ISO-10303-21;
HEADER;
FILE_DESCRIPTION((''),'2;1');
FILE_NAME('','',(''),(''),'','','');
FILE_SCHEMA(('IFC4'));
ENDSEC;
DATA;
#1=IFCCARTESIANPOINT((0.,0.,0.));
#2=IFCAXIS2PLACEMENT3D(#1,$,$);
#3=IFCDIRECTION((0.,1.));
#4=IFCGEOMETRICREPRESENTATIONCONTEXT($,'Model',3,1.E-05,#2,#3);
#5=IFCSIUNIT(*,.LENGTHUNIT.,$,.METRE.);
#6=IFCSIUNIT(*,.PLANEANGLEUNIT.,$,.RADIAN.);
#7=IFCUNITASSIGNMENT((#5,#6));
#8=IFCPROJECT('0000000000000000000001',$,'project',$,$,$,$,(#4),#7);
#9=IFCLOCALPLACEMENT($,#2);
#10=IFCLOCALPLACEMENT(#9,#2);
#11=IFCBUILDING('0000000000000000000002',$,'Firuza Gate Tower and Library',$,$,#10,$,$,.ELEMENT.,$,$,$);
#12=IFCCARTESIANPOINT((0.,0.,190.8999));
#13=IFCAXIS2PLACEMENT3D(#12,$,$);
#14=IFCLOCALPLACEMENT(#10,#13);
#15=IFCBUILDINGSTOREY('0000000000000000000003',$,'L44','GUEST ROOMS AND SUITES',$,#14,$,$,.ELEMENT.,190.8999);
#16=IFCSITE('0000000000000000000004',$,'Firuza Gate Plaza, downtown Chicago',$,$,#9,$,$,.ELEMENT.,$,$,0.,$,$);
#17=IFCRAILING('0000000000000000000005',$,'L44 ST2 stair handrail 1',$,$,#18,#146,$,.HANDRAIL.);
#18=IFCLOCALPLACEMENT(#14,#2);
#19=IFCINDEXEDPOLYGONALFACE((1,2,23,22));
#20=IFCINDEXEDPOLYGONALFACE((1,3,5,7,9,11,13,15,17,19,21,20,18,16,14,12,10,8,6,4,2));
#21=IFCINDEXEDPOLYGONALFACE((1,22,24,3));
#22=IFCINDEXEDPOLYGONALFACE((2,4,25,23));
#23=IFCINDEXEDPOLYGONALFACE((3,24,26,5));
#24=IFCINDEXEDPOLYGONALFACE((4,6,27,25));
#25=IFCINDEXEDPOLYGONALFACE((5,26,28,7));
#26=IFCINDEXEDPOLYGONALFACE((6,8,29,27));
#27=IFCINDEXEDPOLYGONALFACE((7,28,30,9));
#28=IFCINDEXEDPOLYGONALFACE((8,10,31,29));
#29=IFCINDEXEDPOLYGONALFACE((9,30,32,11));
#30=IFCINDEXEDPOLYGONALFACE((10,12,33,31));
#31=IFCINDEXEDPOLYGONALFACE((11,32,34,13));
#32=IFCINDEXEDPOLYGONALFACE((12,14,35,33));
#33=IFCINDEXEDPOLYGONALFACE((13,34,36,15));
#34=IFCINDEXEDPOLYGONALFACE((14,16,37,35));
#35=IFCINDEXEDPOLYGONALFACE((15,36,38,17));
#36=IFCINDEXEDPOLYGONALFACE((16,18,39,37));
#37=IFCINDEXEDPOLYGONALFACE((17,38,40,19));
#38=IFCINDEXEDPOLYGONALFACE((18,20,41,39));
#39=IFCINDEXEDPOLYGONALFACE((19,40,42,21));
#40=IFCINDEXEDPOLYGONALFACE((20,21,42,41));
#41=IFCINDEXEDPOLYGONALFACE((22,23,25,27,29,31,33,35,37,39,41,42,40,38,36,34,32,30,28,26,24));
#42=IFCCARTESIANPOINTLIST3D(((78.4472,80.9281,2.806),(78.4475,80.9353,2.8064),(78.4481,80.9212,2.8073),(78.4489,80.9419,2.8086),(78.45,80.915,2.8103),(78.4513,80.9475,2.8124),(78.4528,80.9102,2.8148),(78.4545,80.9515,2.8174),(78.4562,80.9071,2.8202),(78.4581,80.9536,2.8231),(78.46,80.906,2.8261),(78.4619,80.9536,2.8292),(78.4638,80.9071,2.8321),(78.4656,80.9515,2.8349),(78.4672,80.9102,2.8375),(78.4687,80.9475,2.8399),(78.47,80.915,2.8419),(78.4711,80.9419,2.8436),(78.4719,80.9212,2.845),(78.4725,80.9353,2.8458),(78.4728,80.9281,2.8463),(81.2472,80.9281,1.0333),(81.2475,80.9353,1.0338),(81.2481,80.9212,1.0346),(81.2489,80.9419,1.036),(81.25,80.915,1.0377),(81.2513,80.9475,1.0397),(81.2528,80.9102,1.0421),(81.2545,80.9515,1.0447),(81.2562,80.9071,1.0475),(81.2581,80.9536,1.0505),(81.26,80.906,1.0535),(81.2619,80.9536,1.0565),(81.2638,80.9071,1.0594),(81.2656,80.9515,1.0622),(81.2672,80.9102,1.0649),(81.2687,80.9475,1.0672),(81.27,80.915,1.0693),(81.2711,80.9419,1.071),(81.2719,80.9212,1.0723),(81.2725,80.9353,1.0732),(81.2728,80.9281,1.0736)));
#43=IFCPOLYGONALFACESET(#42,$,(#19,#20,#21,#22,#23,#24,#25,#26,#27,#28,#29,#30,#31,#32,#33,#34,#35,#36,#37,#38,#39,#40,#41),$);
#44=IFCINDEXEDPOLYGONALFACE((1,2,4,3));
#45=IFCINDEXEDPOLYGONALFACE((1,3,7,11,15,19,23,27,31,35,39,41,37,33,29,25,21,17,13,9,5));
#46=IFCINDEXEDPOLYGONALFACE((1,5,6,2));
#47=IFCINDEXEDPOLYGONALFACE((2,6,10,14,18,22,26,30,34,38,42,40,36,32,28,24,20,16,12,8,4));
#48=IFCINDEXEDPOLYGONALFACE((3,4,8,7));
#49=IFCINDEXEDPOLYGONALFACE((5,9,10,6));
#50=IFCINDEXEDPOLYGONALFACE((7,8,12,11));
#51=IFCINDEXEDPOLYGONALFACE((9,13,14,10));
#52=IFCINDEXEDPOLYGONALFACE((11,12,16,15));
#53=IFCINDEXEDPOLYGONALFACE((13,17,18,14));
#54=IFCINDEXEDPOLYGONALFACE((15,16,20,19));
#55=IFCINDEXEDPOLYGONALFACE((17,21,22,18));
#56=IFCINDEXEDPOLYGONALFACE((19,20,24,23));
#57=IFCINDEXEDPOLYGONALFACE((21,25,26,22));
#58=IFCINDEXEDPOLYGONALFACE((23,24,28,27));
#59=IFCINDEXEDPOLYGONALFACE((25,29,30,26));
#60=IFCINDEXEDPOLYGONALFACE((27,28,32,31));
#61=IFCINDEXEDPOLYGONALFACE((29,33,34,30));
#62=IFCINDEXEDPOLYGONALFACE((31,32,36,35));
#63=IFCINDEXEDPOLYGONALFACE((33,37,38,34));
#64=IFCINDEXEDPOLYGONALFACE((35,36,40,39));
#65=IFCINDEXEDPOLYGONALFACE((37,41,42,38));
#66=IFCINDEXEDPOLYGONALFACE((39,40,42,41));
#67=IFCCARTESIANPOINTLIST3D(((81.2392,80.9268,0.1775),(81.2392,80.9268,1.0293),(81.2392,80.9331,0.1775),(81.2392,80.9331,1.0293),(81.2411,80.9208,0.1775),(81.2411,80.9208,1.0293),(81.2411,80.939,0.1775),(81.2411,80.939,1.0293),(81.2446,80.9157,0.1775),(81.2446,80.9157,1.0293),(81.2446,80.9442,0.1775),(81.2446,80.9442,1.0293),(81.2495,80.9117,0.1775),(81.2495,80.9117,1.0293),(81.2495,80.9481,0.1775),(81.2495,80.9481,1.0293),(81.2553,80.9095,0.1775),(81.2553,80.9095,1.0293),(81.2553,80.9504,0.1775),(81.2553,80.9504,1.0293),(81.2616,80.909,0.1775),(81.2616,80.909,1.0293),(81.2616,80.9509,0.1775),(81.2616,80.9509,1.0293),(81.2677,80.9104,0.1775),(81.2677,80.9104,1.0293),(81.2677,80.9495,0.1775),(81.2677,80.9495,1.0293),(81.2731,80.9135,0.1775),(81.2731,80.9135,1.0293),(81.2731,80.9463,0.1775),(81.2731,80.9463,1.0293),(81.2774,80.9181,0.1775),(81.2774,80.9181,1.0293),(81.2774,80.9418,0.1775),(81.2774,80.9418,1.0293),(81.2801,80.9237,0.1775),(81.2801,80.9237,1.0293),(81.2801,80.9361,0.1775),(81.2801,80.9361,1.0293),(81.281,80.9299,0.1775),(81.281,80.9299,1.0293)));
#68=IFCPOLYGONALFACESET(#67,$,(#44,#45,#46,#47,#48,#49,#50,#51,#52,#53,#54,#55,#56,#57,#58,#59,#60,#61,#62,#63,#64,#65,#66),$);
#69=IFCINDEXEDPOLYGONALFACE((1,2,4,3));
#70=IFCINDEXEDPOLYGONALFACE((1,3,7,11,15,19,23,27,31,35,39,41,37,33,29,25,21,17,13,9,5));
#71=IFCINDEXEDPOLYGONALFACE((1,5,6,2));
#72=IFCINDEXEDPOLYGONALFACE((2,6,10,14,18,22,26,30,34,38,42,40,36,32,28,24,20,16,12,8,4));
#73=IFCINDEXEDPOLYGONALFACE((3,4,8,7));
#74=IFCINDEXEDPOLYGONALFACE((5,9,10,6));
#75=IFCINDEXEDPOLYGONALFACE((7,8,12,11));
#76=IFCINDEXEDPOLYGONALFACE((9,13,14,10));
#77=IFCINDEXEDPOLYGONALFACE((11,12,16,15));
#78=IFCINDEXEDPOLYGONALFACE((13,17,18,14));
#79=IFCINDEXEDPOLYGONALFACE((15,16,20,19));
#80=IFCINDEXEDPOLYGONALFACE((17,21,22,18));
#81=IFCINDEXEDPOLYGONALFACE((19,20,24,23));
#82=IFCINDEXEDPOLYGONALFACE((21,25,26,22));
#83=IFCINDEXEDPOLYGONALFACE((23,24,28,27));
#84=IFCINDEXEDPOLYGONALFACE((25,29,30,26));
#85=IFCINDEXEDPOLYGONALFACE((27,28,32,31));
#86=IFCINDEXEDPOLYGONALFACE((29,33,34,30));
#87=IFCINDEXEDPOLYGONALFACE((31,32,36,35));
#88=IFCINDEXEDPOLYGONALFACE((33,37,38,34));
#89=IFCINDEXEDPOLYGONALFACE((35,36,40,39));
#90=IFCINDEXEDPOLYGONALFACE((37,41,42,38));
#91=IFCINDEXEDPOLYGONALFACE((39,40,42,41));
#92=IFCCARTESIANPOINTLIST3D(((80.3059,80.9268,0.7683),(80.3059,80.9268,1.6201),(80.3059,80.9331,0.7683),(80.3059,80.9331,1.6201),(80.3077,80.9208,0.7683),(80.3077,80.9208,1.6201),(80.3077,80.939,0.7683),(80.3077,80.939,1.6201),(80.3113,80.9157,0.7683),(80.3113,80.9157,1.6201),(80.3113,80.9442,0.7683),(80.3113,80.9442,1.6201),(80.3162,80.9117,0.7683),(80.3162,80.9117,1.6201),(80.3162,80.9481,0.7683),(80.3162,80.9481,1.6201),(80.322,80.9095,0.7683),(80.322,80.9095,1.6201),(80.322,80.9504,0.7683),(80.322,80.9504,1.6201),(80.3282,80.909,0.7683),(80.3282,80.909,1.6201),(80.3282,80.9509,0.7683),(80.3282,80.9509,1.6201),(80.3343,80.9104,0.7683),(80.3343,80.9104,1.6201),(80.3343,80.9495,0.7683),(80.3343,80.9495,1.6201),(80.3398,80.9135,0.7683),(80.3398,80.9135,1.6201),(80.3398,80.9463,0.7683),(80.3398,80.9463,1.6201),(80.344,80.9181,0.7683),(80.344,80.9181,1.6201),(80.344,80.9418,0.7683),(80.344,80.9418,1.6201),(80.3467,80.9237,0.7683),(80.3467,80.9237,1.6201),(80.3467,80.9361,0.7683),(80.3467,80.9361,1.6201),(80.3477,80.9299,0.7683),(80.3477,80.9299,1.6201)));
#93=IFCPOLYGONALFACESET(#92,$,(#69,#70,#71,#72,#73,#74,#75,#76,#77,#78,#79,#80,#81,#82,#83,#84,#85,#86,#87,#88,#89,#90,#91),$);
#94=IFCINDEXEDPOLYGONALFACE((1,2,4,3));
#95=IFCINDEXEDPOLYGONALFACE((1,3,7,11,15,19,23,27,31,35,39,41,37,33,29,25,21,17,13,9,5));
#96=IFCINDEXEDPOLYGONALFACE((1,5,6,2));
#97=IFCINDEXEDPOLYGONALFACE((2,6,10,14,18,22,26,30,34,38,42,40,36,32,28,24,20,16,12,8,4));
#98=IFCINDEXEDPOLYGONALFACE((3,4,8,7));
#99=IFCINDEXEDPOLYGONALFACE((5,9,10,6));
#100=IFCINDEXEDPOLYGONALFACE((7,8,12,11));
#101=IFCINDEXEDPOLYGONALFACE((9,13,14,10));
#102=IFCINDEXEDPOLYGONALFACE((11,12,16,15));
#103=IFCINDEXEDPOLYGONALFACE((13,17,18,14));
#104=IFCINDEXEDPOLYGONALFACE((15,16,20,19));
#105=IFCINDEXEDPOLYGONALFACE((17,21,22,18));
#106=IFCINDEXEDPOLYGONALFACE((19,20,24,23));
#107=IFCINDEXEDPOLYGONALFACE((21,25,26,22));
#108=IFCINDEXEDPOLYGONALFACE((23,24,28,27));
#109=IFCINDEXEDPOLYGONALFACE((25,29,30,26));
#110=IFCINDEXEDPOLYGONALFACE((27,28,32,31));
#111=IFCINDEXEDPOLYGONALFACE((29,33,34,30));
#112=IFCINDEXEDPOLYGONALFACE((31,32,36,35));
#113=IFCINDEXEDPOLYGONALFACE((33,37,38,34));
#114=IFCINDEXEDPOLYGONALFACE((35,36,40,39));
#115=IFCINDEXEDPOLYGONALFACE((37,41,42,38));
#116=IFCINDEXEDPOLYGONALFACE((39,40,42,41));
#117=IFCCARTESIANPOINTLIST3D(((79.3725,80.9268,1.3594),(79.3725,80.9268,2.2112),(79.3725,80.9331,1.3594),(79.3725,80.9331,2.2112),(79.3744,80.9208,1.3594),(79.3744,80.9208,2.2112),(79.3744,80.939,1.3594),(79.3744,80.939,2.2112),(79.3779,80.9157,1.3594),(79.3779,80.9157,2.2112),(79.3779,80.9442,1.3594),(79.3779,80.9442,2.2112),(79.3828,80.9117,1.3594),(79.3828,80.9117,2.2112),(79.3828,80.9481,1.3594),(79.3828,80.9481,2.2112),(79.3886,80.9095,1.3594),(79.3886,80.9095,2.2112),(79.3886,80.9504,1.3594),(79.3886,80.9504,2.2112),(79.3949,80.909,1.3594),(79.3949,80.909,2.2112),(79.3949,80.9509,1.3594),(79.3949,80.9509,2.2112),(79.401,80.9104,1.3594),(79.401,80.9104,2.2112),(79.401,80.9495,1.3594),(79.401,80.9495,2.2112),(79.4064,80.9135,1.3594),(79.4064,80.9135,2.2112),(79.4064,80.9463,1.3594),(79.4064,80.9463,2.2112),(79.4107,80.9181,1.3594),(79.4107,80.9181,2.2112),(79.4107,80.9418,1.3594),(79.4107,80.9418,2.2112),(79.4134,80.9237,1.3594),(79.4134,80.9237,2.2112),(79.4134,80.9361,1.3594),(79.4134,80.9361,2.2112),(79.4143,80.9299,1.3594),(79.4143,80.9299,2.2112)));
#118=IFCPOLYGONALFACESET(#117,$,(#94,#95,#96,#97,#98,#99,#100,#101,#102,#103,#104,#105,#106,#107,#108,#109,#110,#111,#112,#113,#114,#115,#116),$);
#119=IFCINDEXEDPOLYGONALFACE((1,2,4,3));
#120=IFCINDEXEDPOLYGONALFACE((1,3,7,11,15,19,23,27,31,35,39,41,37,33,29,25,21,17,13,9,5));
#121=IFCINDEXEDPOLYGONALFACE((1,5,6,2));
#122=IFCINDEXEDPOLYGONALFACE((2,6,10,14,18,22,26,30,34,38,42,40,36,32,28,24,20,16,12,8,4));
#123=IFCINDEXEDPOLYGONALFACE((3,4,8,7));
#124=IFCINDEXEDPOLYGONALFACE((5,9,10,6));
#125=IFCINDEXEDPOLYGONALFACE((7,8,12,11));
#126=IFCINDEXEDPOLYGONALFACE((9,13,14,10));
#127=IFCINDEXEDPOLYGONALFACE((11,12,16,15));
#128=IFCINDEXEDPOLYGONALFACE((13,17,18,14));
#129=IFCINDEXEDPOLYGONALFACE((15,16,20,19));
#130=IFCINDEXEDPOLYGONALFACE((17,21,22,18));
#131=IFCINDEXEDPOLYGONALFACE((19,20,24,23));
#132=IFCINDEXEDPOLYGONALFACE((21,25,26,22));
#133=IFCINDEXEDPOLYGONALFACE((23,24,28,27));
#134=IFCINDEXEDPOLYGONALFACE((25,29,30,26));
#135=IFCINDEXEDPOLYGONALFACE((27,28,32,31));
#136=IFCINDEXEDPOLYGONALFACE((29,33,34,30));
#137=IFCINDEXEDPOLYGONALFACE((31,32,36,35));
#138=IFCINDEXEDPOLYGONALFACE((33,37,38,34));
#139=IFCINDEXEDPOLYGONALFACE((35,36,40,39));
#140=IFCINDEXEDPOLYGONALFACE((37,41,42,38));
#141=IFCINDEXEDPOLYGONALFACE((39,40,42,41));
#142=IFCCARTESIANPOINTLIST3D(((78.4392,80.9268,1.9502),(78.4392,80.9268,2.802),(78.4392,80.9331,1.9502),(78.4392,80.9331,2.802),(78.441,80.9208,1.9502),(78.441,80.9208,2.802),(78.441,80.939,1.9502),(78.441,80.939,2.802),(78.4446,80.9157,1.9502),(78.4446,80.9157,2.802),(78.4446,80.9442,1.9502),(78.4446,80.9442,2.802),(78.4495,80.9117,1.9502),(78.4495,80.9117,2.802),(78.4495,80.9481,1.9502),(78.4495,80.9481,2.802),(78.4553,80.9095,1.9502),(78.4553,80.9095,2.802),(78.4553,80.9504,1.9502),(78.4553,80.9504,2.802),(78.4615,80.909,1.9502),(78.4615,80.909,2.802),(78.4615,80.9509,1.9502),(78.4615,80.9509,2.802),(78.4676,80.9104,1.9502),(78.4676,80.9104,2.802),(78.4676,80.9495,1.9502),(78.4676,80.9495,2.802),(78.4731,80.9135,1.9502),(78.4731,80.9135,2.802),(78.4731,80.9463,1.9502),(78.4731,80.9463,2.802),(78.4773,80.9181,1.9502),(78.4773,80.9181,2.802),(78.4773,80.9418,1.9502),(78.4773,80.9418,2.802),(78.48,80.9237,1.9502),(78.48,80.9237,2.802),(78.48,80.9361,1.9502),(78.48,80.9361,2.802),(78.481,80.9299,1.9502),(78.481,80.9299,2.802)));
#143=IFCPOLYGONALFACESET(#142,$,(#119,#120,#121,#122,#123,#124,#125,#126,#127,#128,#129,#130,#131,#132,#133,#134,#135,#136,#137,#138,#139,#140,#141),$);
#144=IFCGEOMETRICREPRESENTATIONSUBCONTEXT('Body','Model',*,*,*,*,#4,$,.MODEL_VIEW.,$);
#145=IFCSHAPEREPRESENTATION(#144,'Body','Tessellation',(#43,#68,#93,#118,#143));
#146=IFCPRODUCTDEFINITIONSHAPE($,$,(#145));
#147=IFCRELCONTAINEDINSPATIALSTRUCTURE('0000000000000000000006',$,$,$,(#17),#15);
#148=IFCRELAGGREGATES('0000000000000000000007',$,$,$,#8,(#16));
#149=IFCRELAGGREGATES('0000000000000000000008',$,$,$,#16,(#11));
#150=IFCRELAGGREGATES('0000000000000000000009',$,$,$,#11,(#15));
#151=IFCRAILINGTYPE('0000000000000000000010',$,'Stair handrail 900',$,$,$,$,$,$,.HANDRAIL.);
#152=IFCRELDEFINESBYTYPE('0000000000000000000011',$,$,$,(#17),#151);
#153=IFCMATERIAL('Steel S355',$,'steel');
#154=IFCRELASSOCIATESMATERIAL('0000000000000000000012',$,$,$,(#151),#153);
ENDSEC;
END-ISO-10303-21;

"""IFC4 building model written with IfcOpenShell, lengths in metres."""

from ifc_helpers import new_model, si_unit, direction, frame, origin, origin_2d, place, context, subcontext, project, spatial, circle, extrude, material, type_object, element, save


model = new_model("IFC4")

# Units and contexts
model_context = context("Model", 3, precision=1e-05, world=origin(), true_north=direction((0.0, 1.0)))
body_context = subcontext(model_context, "Body", "Model", "MODEL_VIEW")
ifc_project = project(units=[si_unit("LENGTHUNIT", "METRE"), si_unit("PLANEANGLEUNIT", "RADIAN")], contexts=[model_context])

# Site, building, storey
site_placement = place(None, origin())
site = spatial("IfcSite", under=ifc_project, at=site_placement, Name="Firuza Gate Plaza, downtown Chicago", CompositionType="ELEMENT", RefElevation=0.0)
building_placement = place(site_placement, origin())
building = spatial("IfcBuilding", under=site, at=building_placement, Name="Firuza Gate Tower and Library", CompositionType="ELEMENT")
storey_placement = place(building_placement, frame((0.0, 0.0, 190.8999)))
storey = spatial("IfcBuildingStorey", under=building, at=storey_placement, Name="L44", Description="GUEST ROOMS AND SUITES", CompositionType="ELEMENT", Elevation=190.8999)

# Railing
ifc_material_1 = material(Name="Steel S355", Category="steel")
railing_type_1 = type_object("IfcRailingType", Name="Stair handrail 900", PredefinedType="HANDRAIL", material=ifc_material_1)
railing_1_placement = place(storey_placement, frame((81.26, 80.9299, 0.1775)))
element("IfcRailing", 1, at=railing_1_placement, inside=storey, type_object=railing_type_1, Name="L44 ST2 stair handrail 1", PredefinedType="HANDRAIL", context=body_context, shape_type="SweptSolid", body=[
    extrude(circle(Radius=0.0239, at=origin_2d()), frame((0.0, 0.0, 0.876), z_axis=(-0.844909, 0.0, 0.53491), x_axis=(0.0, -1.0, 0.0)), (0.0, 0.0, 1.0), 3.314),
    extrude(circle(Radius=0.021, at=origin_2d()), origin(), (0.0, 0.0, 1.0), 0.8518),
    extrude(circle(Radius=0.021, at=origin_2d()), frame((-0.9333, 0.0, 0.5908)), (0.0, 0.0, 1.0), 0.8518),
    extrude(circle(Radius=0.021, at=origin_2d()), frame((-1.8667, 0.0, 1.1819)), (0.0, 0.0, 1.0), 0.8518),
    extrude(circle(Radius=0.021, at=origin_2d()), frame((-2.8, 0.0, 1.7727)), (0.0, 0.0, 1.0), 0.8518),
])

save(model, "model.ifc")
